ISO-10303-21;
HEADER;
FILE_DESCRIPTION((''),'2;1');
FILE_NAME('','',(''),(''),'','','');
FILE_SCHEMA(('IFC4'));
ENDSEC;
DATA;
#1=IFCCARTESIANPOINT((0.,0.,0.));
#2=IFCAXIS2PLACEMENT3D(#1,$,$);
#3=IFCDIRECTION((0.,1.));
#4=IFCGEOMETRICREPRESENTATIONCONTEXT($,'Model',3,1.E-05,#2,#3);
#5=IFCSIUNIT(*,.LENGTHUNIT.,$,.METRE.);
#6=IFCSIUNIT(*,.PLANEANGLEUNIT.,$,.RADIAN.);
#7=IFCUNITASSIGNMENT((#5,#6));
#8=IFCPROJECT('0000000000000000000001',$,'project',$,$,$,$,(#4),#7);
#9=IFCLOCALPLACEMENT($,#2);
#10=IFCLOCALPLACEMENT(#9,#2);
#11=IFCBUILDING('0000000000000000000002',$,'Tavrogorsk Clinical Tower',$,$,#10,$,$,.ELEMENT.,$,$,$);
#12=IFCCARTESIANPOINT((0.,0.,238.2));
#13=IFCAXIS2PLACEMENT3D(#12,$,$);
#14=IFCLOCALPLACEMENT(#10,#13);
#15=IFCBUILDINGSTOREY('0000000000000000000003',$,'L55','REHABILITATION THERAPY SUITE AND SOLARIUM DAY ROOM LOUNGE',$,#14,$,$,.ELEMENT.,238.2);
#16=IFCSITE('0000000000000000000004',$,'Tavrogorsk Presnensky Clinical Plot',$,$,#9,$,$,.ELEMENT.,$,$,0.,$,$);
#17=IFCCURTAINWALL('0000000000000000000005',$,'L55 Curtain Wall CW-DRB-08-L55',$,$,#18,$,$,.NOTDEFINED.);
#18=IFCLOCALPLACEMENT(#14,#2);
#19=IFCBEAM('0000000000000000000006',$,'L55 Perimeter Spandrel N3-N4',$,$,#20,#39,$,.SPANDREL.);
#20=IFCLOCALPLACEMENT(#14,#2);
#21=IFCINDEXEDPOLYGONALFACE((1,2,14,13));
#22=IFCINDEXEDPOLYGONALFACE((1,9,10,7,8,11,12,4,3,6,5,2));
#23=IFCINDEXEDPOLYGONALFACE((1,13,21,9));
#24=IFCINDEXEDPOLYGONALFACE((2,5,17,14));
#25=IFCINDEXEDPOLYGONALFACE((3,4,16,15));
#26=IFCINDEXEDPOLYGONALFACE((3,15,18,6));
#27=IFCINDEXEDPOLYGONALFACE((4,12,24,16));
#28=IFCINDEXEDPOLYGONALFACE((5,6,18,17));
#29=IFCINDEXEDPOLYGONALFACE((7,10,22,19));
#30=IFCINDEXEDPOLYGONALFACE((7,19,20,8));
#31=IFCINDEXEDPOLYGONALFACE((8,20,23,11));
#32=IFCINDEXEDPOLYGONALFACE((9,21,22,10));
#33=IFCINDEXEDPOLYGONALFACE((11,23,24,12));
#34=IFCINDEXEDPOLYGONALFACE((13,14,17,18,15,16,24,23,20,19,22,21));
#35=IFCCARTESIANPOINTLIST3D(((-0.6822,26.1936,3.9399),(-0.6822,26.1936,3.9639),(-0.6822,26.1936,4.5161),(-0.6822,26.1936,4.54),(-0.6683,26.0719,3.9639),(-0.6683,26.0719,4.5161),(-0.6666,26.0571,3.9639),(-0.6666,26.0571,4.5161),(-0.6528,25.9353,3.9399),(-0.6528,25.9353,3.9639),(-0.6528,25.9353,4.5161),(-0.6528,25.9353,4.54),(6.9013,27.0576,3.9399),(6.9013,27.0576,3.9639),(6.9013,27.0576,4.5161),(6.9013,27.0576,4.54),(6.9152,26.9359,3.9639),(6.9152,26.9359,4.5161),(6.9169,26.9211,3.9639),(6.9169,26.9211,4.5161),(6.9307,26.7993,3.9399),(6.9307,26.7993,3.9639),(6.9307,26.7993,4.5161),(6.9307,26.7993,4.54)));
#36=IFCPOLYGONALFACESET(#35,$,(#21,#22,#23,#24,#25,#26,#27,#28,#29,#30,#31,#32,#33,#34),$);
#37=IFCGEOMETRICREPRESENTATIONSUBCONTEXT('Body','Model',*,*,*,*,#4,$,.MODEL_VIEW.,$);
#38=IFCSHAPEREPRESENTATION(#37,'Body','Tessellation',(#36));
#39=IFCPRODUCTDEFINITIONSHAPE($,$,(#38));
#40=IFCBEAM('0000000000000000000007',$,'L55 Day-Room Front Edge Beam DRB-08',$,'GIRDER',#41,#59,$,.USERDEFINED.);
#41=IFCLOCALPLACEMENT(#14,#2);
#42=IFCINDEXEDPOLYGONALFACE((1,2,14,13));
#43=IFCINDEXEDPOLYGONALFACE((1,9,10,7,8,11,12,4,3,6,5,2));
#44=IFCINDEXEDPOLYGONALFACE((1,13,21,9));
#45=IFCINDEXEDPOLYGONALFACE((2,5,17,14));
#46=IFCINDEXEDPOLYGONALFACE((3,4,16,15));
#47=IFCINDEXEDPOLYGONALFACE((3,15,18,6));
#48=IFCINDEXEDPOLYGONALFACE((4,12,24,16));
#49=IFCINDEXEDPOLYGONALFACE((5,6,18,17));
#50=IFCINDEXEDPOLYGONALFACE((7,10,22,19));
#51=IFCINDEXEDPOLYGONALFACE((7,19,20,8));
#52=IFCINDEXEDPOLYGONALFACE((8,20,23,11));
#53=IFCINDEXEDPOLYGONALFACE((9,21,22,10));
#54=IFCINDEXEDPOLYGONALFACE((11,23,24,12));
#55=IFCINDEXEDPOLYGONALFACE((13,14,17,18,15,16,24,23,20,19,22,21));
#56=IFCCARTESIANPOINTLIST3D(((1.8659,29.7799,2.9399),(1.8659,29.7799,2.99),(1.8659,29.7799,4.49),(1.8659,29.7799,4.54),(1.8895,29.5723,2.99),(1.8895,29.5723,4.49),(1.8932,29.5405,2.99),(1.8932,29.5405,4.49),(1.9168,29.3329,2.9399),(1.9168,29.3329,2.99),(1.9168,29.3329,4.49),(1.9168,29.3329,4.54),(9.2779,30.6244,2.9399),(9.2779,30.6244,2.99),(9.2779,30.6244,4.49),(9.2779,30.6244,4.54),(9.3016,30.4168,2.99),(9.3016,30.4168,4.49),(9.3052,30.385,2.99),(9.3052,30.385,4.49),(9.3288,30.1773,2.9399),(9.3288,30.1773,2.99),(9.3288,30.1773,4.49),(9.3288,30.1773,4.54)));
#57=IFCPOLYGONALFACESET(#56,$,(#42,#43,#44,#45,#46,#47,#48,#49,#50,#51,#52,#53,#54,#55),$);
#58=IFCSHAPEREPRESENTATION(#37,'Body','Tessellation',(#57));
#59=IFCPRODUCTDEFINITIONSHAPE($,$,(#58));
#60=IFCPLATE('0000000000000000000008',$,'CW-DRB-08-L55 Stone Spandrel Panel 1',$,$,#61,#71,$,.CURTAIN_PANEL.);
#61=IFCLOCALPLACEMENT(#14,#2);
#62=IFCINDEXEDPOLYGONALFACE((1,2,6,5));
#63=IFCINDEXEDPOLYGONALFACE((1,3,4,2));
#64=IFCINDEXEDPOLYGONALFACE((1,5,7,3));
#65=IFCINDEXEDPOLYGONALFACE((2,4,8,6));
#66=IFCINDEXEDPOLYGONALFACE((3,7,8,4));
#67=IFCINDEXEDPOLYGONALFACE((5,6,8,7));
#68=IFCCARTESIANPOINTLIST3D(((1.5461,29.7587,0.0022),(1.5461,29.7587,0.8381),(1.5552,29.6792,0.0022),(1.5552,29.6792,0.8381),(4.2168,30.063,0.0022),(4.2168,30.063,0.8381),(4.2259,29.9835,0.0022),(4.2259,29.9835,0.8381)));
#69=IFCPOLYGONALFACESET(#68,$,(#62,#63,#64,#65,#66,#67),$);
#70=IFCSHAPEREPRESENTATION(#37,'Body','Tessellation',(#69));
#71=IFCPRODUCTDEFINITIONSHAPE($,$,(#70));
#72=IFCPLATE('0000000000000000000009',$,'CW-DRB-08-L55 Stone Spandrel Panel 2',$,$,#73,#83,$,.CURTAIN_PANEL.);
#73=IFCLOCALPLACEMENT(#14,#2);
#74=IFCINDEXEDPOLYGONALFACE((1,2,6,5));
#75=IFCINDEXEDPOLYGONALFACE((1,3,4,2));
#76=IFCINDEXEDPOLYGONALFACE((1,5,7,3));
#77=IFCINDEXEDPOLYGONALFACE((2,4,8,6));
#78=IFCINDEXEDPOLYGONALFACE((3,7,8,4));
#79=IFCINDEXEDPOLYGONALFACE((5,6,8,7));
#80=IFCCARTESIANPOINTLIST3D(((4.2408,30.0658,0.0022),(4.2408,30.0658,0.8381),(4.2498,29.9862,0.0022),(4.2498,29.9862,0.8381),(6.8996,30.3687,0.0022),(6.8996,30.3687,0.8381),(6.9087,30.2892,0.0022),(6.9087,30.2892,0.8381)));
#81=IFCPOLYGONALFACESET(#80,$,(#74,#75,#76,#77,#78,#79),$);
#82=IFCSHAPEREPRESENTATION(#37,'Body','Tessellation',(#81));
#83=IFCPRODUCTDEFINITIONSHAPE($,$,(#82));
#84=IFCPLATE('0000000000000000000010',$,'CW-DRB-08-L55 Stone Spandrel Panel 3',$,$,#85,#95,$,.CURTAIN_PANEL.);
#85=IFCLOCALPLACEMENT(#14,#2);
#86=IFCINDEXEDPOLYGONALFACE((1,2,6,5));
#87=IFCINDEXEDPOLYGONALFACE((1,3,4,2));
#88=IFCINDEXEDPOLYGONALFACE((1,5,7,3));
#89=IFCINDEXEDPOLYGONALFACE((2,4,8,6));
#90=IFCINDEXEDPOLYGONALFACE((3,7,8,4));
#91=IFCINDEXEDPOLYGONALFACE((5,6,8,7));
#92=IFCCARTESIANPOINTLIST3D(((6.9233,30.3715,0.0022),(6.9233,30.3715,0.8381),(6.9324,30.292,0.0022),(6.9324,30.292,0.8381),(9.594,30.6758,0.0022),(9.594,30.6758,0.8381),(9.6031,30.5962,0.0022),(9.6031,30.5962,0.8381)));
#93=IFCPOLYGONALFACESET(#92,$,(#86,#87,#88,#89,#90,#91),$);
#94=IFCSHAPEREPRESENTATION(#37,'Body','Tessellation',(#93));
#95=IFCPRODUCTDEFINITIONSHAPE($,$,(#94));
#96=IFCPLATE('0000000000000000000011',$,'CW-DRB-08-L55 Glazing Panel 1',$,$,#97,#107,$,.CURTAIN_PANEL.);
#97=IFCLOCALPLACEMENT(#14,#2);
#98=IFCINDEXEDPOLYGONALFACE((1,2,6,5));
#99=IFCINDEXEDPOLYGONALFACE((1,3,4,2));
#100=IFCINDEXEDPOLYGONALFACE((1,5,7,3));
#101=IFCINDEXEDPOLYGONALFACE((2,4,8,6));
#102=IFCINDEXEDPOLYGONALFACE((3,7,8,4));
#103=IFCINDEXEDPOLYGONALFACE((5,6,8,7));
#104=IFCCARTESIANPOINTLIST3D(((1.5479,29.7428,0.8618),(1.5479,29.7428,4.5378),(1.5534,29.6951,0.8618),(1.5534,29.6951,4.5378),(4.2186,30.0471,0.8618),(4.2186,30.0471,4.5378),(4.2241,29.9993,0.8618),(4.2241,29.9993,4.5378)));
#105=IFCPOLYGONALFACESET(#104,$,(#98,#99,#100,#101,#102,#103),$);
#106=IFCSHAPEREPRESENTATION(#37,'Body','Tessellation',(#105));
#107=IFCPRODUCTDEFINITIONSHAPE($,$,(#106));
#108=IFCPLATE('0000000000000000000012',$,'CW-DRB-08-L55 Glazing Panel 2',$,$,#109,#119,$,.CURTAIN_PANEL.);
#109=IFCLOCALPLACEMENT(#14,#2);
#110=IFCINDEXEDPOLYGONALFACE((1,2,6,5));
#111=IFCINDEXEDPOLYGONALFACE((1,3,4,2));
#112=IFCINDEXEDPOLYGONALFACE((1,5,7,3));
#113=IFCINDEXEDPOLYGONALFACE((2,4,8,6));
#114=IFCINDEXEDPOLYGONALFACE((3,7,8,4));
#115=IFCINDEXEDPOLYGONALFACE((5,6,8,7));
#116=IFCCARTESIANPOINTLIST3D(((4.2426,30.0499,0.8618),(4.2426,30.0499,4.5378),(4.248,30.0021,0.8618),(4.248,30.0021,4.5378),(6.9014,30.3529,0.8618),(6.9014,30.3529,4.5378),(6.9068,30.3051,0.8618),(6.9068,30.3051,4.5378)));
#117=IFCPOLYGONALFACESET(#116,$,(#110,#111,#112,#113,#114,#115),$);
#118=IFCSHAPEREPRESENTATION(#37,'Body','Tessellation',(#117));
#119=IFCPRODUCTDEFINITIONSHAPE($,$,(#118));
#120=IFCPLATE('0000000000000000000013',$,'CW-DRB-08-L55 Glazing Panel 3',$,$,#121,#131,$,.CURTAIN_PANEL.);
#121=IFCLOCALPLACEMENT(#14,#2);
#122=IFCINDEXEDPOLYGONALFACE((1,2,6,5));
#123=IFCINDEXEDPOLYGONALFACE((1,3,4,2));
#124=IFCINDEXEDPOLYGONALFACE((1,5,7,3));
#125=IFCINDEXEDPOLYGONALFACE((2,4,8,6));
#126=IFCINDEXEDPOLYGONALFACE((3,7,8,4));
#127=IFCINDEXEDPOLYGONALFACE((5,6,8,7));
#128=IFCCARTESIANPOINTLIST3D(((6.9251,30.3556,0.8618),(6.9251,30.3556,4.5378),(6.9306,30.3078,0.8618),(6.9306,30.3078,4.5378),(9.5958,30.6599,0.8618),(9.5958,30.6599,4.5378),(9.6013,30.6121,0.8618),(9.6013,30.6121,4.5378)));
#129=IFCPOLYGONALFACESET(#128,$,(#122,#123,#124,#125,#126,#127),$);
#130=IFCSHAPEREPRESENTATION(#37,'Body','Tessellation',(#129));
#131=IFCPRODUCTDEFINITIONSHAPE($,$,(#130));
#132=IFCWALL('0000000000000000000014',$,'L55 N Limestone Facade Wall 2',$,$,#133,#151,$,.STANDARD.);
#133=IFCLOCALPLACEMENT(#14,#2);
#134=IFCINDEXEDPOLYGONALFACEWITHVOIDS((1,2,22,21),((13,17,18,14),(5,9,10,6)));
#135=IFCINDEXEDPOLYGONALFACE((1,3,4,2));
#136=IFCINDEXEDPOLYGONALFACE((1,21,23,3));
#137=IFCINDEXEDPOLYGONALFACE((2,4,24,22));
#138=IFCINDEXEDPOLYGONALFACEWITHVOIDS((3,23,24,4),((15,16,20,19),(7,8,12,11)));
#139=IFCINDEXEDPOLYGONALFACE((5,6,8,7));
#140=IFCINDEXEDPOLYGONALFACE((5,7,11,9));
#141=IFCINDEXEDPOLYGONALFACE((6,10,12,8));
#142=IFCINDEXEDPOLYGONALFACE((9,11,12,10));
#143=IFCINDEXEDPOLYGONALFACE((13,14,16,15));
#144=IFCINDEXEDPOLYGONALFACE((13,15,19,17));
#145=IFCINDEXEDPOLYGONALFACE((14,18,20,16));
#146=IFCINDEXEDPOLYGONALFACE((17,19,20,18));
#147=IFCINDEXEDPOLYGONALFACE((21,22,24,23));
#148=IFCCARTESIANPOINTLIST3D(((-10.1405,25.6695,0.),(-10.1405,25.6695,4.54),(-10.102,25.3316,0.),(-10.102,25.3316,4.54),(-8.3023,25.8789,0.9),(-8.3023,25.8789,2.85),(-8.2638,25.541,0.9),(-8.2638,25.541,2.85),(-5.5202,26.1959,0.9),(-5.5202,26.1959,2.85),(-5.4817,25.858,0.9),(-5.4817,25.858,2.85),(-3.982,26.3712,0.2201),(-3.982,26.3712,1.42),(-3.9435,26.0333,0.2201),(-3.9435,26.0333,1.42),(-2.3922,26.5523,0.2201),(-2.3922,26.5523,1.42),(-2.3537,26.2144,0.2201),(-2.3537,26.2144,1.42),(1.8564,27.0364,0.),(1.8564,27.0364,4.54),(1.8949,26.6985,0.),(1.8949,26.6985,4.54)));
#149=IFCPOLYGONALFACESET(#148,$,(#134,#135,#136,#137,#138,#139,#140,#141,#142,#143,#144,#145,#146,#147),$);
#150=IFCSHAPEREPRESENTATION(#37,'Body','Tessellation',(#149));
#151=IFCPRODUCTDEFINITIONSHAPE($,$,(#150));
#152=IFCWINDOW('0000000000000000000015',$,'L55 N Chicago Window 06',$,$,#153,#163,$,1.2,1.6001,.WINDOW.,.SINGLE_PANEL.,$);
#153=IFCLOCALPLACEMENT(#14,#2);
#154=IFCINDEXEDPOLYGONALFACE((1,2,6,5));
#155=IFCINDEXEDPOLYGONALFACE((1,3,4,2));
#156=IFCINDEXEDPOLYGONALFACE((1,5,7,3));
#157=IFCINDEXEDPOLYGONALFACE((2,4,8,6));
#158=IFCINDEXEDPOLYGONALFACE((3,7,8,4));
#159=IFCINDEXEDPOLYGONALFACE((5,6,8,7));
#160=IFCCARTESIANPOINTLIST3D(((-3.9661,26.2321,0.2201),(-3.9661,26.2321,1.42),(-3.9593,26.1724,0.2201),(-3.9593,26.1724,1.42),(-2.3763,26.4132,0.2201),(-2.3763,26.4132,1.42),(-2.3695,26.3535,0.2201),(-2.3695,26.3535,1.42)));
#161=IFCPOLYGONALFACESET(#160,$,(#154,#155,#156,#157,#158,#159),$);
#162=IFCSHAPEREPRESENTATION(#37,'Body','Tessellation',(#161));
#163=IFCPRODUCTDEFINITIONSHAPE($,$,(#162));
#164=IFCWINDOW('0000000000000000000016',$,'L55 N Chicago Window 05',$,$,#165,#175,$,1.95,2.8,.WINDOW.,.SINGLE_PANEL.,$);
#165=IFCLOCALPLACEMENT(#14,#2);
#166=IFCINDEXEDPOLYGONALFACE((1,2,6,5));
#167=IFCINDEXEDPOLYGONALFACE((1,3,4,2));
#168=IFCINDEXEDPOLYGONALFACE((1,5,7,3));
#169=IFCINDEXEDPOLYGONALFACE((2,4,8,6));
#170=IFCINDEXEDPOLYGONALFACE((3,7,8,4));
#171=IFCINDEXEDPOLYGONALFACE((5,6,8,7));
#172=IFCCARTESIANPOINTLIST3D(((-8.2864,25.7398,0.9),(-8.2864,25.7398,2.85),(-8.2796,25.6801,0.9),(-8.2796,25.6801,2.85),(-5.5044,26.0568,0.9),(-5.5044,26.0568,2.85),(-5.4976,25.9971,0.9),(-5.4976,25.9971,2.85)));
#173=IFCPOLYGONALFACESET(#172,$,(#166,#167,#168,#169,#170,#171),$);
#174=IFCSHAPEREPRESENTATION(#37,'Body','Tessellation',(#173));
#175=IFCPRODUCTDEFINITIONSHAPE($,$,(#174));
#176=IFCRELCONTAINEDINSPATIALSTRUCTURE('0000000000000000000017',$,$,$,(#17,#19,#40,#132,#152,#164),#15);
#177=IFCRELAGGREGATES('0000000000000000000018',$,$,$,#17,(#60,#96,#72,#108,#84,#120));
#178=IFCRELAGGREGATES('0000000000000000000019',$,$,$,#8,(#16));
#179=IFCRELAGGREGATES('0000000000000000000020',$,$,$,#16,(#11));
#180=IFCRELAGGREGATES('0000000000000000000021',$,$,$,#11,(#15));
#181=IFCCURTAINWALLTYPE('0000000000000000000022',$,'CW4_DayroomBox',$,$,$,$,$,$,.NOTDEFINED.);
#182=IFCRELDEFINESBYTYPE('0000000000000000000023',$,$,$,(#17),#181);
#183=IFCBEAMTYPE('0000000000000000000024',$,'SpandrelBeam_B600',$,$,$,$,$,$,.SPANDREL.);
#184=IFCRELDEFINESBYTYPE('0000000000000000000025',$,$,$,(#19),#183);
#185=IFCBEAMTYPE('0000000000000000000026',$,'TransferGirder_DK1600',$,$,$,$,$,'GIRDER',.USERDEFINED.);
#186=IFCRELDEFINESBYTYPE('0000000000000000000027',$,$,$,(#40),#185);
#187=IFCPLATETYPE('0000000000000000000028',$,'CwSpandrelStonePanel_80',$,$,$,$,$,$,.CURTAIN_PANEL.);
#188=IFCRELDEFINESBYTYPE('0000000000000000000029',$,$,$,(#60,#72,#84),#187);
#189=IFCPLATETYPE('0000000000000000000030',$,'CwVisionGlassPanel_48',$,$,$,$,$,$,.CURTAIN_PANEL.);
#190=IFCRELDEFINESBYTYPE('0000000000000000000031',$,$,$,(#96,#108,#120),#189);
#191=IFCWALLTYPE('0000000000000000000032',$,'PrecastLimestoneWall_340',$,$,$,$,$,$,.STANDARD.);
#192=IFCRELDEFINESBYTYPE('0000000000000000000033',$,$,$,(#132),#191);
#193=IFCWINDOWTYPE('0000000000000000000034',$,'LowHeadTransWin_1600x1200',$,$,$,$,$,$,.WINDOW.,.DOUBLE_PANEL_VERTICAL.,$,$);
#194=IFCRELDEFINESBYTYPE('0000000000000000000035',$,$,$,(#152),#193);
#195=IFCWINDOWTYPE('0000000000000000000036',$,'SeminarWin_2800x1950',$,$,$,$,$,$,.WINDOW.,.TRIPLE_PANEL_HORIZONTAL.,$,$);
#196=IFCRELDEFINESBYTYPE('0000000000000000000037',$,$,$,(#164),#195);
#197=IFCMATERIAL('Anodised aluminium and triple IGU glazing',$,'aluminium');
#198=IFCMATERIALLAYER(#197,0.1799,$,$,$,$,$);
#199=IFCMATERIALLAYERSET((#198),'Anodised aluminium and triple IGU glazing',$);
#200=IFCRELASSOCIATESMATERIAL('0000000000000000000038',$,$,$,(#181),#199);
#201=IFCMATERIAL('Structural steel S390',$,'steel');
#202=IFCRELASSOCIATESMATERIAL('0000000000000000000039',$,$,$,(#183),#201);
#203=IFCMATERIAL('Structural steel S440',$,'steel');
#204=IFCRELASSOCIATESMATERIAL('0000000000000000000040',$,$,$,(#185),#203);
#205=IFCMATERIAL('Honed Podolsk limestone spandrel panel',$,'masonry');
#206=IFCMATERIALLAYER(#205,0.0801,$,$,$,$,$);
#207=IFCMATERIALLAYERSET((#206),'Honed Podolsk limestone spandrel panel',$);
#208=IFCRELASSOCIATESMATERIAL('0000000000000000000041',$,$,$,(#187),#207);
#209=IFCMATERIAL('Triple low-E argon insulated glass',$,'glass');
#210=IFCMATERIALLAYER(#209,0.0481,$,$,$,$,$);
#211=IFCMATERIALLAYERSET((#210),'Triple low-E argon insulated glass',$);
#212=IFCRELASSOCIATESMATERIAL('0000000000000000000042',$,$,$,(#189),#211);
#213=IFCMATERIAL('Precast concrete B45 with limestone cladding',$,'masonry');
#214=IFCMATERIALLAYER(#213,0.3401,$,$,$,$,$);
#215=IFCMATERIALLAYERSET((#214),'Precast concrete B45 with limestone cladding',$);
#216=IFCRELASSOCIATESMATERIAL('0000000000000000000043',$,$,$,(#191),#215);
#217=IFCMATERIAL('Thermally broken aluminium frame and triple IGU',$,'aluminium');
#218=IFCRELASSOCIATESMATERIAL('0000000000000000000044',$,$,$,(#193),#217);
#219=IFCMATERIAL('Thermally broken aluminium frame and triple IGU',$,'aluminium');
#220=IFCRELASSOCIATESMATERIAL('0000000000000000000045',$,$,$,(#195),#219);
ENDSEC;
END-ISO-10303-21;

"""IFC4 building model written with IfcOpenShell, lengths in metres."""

from ifc_helpers import new_model, si_unit, direction, frame, frame_2d, origin, origin_2d, place, context, subcontext, project, spatial, rectangle, i_section, extrude, material, layer, layer_set, material_profile, profile_set, type_object, element, fill, aggregate, save


model = new_model("IFC4")

# Units and contexts
model_context = context("Model", 3, precision=1e-05, world=origin(), true_north=direction((0.0, 1.0)))
body_context = subcontext(model_context, "Body", "Model", "MODEL_VIEW")
ifc_project = project(units=[si_unit("LENGTHUNIT", "METRE"), si_unit("PLANEANGLEUNIT", "RADIAN")], contexts=[model_context])

# Site, building, storey
site_placement = place(None, origin())
site = spatial("IfcSite", under=ifc_project, at=site_placement, Name="Tavrogorsk Presnensky Clinical Plot", CompositionType="ELEMENT", RefElevation=0.0)
building_placement = place(site_placement, origin())
building = spatial("IfcBuilding", under=site, at=building_placement, Name="Tavrogorsk Clinical Tower", CompositionType="ELEMENT")
storey_placement = place(building_placement, frame((0.0, 0.0, 238.2)))
storey = spatial("IfcBuildingStorey", under=building, at=storey_placement, Name="L55", Description="REHABILITATION THERAPY SUITE AND SOLARIUM DAY ROOM LOUNGE", CompositionType="ELEMENT", Elevation=238.2)

# Curtain wall
ifc_material_1 = material(Name="Anodised aluminium and triple IGU glazing", Category="aluminium")
ifc_layer_1 = layer(ifc_material_1, 0.1799)
ifc_layer_set_1 = layer_set([ifc_layer_1], Name="Anodised aluminium and triple IGU glazing")
curtain_wall_type = type_object("IfcCurtainWallType", Name="CW4_DayroomBox", PredefinedType="NOTDEFINED", material=ifc_layer_set_1)
curtain_wall_placement = place(storey_placement, origin())
curtain_wall = element("IfcCurtainWall", 1, at=curtain_wall_placement, inside=storey, type_object=curtain_wall_type, Name="L55 Curtain Wall CW-DRB-08-L55", PredefinedType="NOTDEFINED")

# Beams
ifc_material_2 = material(Name="Structural steel S390", Category="steel")
ifc_material_profile_1 = material_profile(ifc_material_2, i_section(OverallWidth=0.26, OverallDepth=0.6001, WebThickness=0.0149, FlangeThickness=0.0239, at=origin_2d()), Name="B-600x260x15x24")
ifc_profile_set_1 = profile_set([ifc_material_profile_1], Name="Structural steel S390")
beam_type_1 = type_object("IfcBeamType", Name="SpandrelBeam_B600", PredefinedType="SPANDREL", material=ifc_profile_set_1)
beam_1_placement = place(storey_placement, frame((6.916, 26.9285, 4.24), z_axis=(-0.993572, -0.113201, 0.0), x_axis=(0.113201, -0.993572, 0.0)))
element("IfcBeam", 2, at=beam_1_placement, inside=storey, type_object=beam_type_1, Name="L55 Perimeter Spandrel N3-N4", PredefinedType="SPANDREL", context=body_context, shape_type="SweptSolid", body=[
    extrude(i_section(OverallWidth=0.26, OverallDepth=0.6001, WebThickness=0.0149, FlangeThickness=0.0239, at=origin_2d()), origin(), (0.0, 0.0, 1.0), 7.6326),
])
ifc_material_3 = material(Name="Structural steel S440", Category="steel")
ifc_material_profile_2 = material_profile(ifc_material_3, i_section(OverallWidth=0.45, OverallDepth=1.6001, WebThickness=0.032, FlangeThickness=0.05, at=origin_2d()), Name="DK-1600x450x32x50")
ifc_profile_set_2 = profile_set([ifc_material_profile_2], Name="Structural steel S440")
beam_type_2 = type_object("IfcBeamType", Name="TransferGirder_DK1600", ElementType="GIRDER", PredefinedType="USERDEFINED", material=ifc_profile_set_2)
beam_2_placement = place(storey_placement, frame((1.8914, 29.5564, 3.74), z_axis=(0.993572, 0.1132, 0.0), x_axis=(-0.1132, 0.993572, 0.0)))
element("IfcBeam", 3, at=beam_2_placement, inside=storey, type_object=beam_type_2, Name="L55 Day-Room Front Edge Beam DRB-08", ObjectType="GIRDER", PredefinedType="USERDEFINED", context=body_context, shape_type="SweptSolid", body=[
    extrude(i_section(OverallWidth=0.45, OverallDepth=1.6001, WebThickness=0.032, FlangeThickness=0.05, at=origin_2d()), origin(), (0.0, 0.0, 1.0), 7.46),
])

# Plates
ifc_material_4 = material(Name="Honed Podolsk limestone spandrel panel", Category="masonry")
ifc_layer_2 = layer(ifc_material_4, 0.0801)
ifc_layer_set_2 = layer_set([ifc_layer_2], Name="Honed Podolsk limestone spandrel panel")
plate_type_1 = type_object("IfcPlateType", Name="CwSpandrelStonePanel_80", PredefinedType="CURTAIN_PANEL", material=ifc_layer_set_2)
plate_1_placement = place(storey_placement, frame((2.886, 29.8711, 0.0022), z_axis=(0.0, 0.0, 1.0), x_axis=(0.993572, 0.113203, 0.0)))
plate_1 = element("IfcPlate", 4, at=plate_1_placement, type_object=plate_type_1, Name="CW-DRB-08-L55 Stone Spandrel Panel 1", PredefinedType="CURTAIN_PANEL", context=body_context, shape_type="SweptSolid", body=[
    extrude(rectangle(XDim=2.688, YDim=0.0801, at=origin_2d()), origin(), (0.0, 0.0, 1.0), 0.8359),
])
plate_2_placement = place(storey_placement, frame((5.5747, 30.1775, 0.0022), z_axis=(0.0, 0.0, 1.0), x_axis=(0.993572, 0.113203, 0.0)))
plate_2 = element("IfcPlate", 5, at=plate_2_placement, type_object=plate_type_1, Name="CW-DRB-08-L55 Stone Spandrel Panel 2", PredefinedType="CURTAIN_PANEL", context=body_context, shape_type="SweptSolid", body=[
    extrude(rectangle(XDim=2.676, YDim=0.0801, at=origin_2d()), origin(), (0.0, 0.0, 1.0), 0.8359),
])
plate_3_placement = place(storey_placement, frame((8.2632, 30.4839, 0.0022), z_axis=(0.0, 0.0, 1.0), x_axis=(0.993572, 0.113203, 0.0)))
plate_3 = element("IfcPlate", 6, at=plate_3_placement, type_object=plate_type_1, Name="CW-DRB-08-L55 Stone Spandrel Panel 3", PredefinedType="CURTAIN_PANEL", context=body_context, shape_type="SweptSolid", body=[
    extrude(rectangle(XDim=2.688, YDim=0.0801, at=origin_2d()), origin(), (0.0, 0.0, 1.0), 0.8359),
])
ifc_material_5 = material(Name="Triple low-E argon insulated glass", Category="glass")
ifc_layer_3 = layer(ifc_material_5, 0.0481)
ifc_layer_set_3 = layer_set([ifc_layer_3], Name="Triple low-E argon insulated glass")
plate_type_2 = type_object("IfcPlateType", Name="CwVisionGlassPanel_48", PredefinedType="CURTAIN_PANEL", material=ifc_layer_set_3)
plate_4_placement = place(storey_placement, frame((2.886, 29.8711, 0.8618), z_axis=(0.0, 0.0, 1.0), x_axis=(0.993572, 0.113203, 0.0)))
plate_4 = element("IfcPlate", 7, at=plate_4_placement, type_object=plate_type_2, Name="CW-DRB-08-L55 Glazing Panel 1", PredefinedType="CURTAIN_PANEL", context=body_context, shape_type="SweptSolid", body=[
    extrude(rectangle(XDim=2.688, YDim=0.0481, at=origin_2d()), origin(), (0.0, 0.0, 1.0), 3.676),
])
plate_5_placement = place(storey_placement, frame((5.5747, 30.1775, 0.8618), z_axis=(0.0, 0.0, 1.0), x_axis=(0.993572, 0.113203, 0.0)))
plate_5 = element("IfcPlate", 8, at=plate_5_placement, type_object=plate_type_2, Name="CW-DRB-08-L55 Glazing Panel 2", PredefinedType="CURTAIN_PANEL", context=body_context, shape_type="SweptSolid", body=[
    extrude(rectangle(XDim=2.676, YDim=0.0481, at=origin_2d()), origin(), (0.0, 0.0, 1.0), 3.676),
])
plate_6_placement = place(storey_placement, frame((8.2632, 30.4839, 0.8618), z_axis=(0.0, 0.0, 1.0), x_axis=(0.993572, 0.113203, 0.0)))
plate_6 = element("IfcPlate", 9, at=plate_6_placement, type_object=plate_type_2, Name="CW-DRB-08-L55 Glazing Panel 3", PredefinedType="CURTAIN_PANEL", context=body_context, shape_type="SweptSolid", body=[
    extrude(rectangle(XDim=2.688, YDim=0.0481, at=origin_2d()), origin(), (0.0, 0.0, 1.0), 3.676),
])
aggregate(curtain_wall, [plate_1, plate_4, plate_2, plate_5, plate_3, plate_6])

# Wall, openings, windows
ifc_material_6 = material(Name="Precast concrete B45 with limestone cladding", Category="masonry")
ifc_layer_4 = layer(ifc_material_6, 0.3401)
ifc_layer_set_4 = layer_set([ifc_layer_4], Name="Precast concrete B45 with limestone cladding")
wall_type_1 = type_object("IfcWallType", Name="PrecastLimestoneWall_340", PredefinedType="STANDARD", material=ifc_layer_set_4)
wall_placement = place(storey_placement, frame((1.8755, 26.8674, 0.0), z_axis=(0.0, 0.0, 1.0), x_axis=(-0.993571, -0.11321, 0.0)))
wall = element("IfcWall", 10, at=wall_placement, inside=storey, type_object=wall_type_1, Name="L55 N Limestone Facade Wall 2", PredefinedType="STANDARD", context=body_context, shape_type="SweptSolid", body=[
    extrude(rectangle(XDim=12.0745, YDim=0.3401, at=frame_2d((6.0371, 0.0))), origin(), (0.0, 0.0, 1.0), 4.54),
])
opening_1_placement = place(wall_placement, frame((7.4243, 0.0, 0.8999)))
opening_1 = element("IfcOpeningElement", 11, at=opening_1_placement, cuts=wall, PredefinedType="OPENING", context=body_context, shape_type="SweptSolid", body=[
    extrude(rectangle(XDim=2.8, YDim=1.95, at=frame_2d((1.3999, 0.9751))), frame((0.0, 0.1799, 0.0), z_axis=(0.0, -1.0, 0.0), x_axis=(1.0, 0.0, 0.0)), (0.0, 0.0, 1.0), 0.3601),
])
opening_2_placement = place(wall_placement, frame((4.2759, 0.0, 0.22)))
opening_2 = element("IfcOpeningElement", 12, at=opening_2_placement, cuts=wall, PredefinedType="OPENING", context=body_context, shape_type="SweptSolid", body=[
    extrude(rectangle(XDim=1.6001, YDim=1.2, at=frame_2d((0.8, 0.6001))), frame((0.0, 0.1799, 0.0), z_axis=(0.0, -1.0, 0.0), x_axis=(1.0, 0.0, 0.0)), (0.0, 0.0, 1.0), 0.3601),
])
ifc_material_7 = material(Name="Thermally broken aluminium frame and triple IGU", Category="aluminium")
window_type_1 = type_object("IfcWindowType", Name="LowHeadTransWin_1600x1200", PartitioningType="DOUBLE_PANEL_VERTICAL", PredefinedType="WINDOW", material=ifc_material_7)
window_1_placement = place(opening_2_placement, origin())
window_1 = element("IfcWindow", 13, at=window_1_placement, inside=storey, type_object=window_type_1, Name="L55 N Chicago Window 06", OverallHeight=1.2, OverallWidth=1.6001, PartitioningType="SINGLE_PANEL", PredefinedType="WINDOW", context=body_context, shape_type="SweptSolid", body=[
    extrude(rectangle(XDim=1.6001, YDim=1.2, at=frame_2d((0.8, 0.6001))), frame((0.0, 0.03, 0.0), z_axis=(0.0, -1.0, 0.0), x_axis=(1.0, 0.0, 0.0)), (0.0, 0.0, 1.0), 0.0601),
])
fill(opening_2, window_1)
ifc_material_8 = material(Name="Thermally broken aluminium frame and triple IGU", Category="aluminium")
window_type_2 = type_object("IfcWindowType", Name="SeminarWin_2800x1950", PartitioningType="TRIPLE_PANEL_HORIZONTAL", PredefinedType="WINDOW", material=ifc_material_8)
window_2_placement = place(opening_1_placement, origin())
window_2 = element("IfcWindow", 14, at=window_2_placement, inside=storey, type_object=window_type_2, Name="L55 N Chicago Window 05", OverallHeight=1.95, OverallWidth=2.8, PartitioningType="SINGLE_PANEL", PredefinedType="WINDOW", context=body_context, shape_type="SweptSolid", body=[
    extrude(rectangle(XDim=2.8, YDim=1.95, at=frame_2d((1.3999, 0.9751))), frame((0.0, 0.03, 0.0), z_axis=(0.0, -1.0, 0.0), x_axis=(1.0, 0.0, 0.0)), (0.0, 0.0, 1.0), 0.0601),
])
fill(opening_1, window_2)

save(model, "model.ifc")
